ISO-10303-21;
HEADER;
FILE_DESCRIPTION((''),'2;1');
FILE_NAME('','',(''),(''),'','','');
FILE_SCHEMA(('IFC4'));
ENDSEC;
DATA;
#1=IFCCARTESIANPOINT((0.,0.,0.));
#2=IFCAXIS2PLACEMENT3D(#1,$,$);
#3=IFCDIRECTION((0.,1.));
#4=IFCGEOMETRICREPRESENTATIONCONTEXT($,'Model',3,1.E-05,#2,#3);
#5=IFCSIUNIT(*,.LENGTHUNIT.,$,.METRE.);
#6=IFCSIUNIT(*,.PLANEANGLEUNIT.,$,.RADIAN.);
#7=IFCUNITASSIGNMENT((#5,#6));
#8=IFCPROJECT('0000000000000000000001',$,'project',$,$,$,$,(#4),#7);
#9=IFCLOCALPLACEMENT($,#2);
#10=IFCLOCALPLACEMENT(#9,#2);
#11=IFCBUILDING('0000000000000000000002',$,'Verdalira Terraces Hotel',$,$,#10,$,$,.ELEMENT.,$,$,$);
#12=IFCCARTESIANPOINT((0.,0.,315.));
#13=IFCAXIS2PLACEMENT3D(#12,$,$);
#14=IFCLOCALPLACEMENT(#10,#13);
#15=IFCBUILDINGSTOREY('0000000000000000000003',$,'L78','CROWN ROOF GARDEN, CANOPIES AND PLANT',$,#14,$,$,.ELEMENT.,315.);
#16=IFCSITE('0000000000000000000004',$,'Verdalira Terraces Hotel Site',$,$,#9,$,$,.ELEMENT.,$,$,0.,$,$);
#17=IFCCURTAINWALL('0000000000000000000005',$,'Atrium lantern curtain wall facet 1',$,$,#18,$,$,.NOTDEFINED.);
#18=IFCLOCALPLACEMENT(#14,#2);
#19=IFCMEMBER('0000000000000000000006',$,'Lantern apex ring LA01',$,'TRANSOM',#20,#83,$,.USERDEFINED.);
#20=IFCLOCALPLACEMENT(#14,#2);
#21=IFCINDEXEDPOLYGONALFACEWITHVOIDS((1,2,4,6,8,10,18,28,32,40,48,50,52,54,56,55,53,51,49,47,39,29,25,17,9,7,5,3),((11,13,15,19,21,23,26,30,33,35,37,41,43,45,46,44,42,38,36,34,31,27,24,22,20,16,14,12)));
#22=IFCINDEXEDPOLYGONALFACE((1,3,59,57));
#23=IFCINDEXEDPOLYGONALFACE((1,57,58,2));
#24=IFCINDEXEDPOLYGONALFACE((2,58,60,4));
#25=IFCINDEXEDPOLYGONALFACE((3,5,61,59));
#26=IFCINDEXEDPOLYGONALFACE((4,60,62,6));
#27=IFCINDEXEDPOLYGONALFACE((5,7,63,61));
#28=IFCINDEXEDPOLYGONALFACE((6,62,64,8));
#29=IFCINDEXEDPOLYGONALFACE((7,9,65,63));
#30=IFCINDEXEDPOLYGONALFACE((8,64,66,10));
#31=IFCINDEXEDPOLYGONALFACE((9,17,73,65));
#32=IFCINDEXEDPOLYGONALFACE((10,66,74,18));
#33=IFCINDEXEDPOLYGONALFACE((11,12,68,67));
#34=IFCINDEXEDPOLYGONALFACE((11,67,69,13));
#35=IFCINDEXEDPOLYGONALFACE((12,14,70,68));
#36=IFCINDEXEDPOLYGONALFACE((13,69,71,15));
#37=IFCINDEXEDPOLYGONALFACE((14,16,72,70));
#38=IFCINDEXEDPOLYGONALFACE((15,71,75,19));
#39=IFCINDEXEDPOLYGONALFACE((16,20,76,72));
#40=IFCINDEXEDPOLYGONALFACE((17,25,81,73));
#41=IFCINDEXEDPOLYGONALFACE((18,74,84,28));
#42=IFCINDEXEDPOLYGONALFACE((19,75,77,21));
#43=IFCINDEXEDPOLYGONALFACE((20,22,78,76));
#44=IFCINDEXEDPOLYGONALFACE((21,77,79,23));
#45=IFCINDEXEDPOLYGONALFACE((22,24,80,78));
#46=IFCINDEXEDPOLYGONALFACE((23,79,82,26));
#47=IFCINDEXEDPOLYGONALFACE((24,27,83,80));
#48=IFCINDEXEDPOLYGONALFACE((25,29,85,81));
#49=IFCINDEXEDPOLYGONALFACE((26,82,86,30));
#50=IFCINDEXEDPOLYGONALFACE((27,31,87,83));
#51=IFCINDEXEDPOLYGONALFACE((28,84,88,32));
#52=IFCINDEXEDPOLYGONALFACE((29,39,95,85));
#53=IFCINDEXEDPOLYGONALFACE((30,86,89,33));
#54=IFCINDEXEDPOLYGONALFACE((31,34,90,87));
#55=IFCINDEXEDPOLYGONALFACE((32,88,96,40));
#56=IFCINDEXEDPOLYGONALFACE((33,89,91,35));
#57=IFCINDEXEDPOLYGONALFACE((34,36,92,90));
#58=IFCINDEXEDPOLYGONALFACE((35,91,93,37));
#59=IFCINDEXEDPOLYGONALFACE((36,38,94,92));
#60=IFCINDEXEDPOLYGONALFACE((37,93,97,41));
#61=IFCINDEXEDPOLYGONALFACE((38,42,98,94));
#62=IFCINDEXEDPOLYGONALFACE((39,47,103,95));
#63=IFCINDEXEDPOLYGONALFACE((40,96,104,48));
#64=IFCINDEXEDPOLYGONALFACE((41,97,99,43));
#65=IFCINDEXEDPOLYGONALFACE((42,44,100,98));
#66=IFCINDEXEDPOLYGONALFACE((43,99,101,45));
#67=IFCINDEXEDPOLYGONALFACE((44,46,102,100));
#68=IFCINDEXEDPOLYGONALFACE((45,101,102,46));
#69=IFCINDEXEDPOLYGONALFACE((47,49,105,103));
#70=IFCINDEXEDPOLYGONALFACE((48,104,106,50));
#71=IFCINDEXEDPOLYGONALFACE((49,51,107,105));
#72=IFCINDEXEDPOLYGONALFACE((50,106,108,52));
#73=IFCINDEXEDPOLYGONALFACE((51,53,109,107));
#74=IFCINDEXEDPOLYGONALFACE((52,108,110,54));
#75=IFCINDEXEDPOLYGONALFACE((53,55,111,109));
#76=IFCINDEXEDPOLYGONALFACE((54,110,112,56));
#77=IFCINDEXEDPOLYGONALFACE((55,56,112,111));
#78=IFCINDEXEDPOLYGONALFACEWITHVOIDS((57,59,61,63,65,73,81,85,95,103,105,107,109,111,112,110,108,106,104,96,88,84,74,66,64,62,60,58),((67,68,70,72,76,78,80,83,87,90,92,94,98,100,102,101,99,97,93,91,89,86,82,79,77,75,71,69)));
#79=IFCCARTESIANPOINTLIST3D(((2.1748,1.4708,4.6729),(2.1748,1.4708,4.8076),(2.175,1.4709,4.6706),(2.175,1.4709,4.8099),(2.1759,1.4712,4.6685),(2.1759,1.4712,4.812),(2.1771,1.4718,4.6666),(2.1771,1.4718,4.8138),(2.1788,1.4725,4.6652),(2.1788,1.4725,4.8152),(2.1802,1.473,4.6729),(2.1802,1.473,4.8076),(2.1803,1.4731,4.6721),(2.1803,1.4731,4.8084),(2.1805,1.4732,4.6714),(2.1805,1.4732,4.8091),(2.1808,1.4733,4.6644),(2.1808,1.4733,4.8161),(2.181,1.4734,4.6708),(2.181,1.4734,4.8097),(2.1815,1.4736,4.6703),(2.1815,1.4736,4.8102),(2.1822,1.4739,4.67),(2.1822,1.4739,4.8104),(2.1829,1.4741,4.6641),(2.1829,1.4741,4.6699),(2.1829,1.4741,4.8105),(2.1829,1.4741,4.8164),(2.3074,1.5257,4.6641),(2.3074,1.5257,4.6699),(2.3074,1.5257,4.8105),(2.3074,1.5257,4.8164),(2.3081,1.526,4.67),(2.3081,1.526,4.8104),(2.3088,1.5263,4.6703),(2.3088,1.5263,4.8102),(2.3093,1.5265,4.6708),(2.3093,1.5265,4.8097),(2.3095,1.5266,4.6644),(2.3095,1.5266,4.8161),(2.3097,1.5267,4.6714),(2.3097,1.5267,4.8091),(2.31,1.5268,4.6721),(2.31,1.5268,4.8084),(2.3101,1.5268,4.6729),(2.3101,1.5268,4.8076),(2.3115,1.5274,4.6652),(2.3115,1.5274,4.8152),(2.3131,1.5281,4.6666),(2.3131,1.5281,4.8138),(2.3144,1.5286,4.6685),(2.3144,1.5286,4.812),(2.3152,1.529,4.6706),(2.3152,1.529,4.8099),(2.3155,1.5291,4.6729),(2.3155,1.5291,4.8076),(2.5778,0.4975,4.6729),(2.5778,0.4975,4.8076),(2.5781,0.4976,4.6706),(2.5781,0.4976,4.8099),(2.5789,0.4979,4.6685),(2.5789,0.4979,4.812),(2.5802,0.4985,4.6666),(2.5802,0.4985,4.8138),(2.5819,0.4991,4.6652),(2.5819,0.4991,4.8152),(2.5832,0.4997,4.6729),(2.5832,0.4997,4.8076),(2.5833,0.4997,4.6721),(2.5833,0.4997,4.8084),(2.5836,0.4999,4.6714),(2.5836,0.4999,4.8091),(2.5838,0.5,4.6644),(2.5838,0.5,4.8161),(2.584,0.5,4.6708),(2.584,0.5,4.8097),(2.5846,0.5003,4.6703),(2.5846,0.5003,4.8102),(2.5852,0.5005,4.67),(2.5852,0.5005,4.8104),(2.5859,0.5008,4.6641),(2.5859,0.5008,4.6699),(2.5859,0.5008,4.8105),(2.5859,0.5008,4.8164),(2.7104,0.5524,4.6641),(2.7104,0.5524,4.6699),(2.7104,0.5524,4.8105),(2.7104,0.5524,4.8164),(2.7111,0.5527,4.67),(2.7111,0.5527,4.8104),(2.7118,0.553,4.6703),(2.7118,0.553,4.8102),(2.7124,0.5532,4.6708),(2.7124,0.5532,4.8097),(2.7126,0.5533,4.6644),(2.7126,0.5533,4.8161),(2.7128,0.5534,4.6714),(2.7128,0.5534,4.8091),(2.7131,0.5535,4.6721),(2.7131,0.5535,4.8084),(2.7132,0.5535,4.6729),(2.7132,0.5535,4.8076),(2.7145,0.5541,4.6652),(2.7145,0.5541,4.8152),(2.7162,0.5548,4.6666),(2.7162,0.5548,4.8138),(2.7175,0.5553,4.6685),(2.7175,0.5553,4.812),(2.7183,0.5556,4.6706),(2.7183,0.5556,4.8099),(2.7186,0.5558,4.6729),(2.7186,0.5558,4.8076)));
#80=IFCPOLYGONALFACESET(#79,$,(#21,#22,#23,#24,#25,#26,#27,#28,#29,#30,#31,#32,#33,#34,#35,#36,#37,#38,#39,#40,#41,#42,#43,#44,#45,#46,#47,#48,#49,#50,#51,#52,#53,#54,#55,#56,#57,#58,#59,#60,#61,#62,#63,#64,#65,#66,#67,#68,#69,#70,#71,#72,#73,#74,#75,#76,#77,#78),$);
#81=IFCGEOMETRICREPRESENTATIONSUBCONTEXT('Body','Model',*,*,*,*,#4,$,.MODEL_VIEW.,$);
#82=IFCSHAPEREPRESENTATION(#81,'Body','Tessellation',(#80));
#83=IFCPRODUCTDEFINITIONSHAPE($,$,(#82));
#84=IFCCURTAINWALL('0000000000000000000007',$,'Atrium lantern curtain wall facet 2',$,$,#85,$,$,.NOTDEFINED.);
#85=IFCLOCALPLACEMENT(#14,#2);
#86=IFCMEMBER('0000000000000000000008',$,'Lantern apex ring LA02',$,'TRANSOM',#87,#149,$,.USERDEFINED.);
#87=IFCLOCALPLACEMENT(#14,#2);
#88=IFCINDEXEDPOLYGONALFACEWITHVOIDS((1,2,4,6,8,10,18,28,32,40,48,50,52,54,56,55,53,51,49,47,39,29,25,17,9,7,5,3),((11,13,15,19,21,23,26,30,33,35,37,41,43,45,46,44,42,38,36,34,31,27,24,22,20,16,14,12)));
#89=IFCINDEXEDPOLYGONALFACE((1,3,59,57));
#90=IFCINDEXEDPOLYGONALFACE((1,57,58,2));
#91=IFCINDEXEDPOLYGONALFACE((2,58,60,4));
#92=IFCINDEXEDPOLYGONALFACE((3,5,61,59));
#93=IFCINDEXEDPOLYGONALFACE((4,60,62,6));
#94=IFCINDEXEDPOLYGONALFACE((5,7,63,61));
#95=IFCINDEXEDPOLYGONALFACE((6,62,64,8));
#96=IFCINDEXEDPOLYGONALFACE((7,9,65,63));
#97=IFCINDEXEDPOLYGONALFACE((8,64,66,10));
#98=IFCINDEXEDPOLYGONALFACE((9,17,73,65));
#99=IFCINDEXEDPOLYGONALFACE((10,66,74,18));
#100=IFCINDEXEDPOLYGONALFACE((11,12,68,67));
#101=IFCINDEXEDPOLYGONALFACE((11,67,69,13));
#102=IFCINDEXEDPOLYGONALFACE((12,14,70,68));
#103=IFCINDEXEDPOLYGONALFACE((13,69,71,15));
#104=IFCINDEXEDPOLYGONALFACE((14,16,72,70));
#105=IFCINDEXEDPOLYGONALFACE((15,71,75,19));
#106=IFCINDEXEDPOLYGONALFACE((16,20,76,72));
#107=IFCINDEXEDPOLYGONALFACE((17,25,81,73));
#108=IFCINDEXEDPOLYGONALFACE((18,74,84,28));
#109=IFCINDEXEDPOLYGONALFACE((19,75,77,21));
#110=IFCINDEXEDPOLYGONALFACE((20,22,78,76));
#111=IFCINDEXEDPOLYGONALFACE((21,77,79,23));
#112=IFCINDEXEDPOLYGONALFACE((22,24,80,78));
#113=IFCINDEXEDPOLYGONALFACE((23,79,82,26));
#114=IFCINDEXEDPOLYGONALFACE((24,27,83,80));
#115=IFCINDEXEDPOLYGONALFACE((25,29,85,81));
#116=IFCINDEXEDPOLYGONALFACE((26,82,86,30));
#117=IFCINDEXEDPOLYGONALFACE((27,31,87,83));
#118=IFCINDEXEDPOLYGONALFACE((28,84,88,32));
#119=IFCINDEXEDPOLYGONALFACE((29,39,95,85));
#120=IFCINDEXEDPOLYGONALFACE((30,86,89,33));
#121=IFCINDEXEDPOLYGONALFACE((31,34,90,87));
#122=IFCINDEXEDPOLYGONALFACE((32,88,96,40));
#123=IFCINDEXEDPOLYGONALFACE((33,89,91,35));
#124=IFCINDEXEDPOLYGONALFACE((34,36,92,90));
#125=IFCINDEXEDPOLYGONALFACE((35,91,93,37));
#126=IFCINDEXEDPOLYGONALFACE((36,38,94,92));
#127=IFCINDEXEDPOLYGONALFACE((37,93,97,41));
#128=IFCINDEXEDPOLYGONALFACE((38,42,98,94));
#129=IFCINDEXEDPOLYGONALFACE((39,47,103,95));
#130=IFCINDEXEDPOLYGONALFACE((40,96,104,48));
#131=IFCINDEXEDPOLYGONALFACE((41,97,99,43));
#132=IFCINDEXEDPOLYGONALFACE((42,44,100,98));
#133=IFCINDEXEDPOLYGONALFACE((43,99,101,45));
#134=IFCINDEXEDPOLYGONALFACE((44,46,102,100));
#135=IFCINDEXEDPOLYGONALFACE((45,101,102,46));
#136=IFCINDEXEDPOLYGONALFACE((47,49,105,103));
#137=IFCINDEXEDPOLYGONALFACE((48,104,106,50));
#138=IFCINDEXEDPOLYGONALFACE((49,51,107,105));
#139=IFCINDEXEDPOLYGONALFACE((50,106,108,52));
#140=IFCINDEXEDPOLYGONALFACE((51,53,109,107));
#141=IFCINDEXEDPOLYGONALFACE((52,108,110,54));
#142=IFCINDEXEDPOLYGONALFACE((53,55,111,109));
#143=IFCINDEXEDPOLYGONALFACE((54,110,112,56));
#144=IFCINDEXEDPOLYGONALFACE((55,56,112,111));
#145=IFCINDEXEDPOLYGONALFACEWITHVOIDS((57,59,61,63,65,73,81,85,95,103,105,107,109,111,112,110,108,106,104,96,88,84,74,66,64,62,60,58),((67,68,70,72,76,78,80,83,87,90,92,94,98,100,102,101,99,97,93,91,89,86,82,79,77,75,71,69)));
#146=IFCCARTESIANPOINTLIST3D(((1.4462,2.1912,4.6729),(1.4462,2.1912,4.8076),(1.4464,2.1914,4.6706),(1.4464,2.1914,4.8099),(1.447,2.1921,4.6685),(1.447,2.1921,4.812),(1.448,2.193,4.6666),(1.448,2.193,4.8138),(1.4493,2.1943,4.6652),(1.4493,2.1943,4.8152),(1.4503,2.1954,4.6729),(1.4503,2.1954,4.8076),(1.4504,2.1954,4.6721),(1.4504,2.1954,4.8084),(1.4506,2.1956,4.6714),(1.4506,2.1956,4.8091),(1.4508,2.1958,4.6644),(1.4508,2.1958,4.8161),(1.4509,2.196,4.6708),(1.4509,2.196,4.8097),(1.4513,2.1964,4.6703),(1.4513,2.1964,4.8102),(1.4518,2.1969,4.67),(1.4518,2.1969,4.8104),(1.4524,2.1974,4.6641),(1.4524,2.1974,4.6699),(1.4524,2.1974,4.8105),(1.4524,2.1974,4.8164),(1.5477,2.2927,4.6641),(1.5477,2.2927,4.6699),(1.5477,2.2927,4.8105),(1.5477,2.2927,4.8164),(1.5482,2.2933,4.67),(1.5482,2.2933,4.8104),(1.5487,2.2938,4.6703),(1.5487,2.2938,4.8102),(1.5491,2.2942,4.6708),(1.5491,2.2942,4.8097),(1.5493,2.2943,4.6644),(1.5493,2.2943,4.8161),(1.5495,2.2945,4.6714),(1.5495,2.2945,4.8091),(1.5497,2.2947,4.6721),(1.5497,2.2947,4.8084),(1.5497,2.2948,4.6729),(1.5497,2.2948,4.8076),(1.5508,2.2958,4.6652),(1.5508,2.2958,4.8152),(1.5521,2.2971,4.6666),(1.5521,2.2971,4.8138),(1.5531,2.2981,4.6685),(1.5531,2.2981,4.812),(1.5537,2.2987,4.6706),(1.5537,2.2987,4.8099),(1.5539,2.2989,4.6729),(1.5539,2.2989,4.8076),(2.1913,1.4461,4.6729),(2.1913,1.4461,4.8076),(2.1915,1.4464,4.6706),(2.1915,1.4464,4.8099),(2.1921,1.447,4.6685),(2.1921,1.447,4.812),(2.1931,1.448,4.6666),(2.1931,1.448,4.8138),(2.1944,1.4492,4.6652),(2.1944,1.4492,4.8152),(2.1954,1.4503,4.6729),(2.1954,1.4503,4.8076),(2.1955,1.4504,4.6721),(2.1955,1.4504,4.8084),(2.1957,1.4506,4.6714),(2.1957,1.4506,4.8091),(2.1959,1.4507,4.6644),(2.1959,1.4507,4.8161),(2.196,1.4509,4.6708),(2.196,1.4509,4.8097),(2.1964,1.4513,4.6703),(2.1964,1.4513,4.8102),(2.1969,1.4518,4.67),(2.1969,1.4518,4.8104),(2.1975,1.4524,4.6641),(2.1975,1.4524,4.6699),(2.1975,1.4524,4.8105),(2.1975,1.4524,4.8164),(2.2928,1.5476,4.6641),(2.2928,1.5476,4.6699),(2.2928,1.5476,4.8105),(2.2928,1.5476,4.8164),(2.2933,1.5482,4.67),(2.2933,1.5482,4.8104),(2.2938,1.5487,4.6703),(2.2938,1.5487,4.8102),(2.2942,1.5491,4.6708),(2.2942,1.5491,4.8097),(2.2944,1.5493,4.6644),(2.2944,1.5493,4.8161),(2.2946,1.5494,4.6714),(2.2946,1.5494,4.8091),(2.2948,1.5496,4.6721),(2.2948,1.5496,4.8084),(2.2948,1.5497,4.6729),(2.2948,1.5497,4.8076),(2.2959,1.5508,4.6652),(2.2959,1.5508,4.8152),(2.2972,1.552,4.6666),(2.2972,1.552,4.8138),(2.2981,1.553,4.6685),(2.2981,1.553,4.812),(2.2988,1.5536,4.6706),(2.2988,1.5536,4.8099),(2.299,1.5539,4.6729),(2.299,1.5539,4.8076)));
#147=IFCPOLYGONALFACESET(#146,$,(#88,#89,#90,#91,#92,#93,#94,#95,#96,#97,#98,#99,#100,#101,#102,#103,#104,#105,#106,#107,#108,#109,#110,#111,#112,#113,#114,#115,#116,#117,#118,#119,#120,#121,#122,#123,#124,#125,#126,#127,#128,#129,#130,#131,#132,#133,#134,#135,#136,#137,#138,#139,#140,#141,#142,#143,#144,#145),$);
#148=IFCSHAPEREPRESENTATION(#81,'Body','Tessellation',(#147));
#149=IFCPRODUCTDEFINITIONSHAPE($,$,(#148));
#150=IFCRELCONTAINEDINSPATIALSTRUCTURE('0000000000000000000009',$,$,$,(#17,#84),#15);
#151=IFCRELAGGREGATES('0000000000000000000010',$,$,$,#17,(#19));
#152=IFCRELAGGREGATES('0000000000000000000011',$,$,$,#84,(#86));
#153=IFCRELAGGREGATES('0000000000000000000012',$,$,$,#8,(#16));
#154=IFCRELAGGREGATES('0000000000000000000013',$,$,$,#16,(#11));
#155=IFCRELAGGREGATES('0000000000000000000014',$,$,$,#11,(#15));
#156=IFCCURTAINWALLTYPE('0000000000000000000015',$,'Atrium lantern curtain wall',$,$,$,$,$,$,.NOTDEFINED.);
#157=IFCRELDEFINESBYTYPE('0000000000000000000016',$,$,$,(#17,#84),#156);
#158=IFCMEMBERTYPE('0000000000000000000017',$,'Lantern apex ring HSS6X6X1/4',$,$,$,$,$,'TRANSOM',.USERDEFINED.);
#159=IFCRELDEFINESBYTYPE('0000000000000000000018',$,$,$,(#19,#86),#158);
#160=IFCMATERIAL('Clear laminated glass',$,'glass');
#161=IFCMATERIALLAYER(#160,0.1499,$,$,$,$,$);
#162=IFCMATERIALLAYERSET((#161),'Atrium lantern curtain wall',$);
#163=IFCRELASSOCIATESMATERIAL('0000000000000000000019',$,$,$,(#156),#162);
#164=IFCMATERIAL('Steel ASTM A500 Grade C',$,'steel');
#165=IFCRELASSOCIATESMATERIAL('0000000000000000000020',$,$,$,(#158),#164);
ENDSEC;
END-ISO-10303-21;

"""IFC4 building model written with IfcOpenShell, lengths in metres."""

from ifc_helpers import new_model, si_unit, direction, frame, origin, origin_2d, place, context, subcontext, project, spatial, hollow_rectangle, extrude, material, layer, layer_set, material_profile, profile_set, type_object, element, aggregate, save


model = new_model("IFC4")

# Units and contexts
model_context = context("Model", 3, precision=1e-05, world=origin(), true_north=direction((0.0, 1.0)))
body_context = subcontext(model_context, "Body", "Model", "MODEL_VIEW")
ifc_project = project(units=[si_unit("LENGTHUNIT", "METRE"), si_unit("PLANEANGLEUNIT", "RADIAN")], contexts=[model_context])

# Site, building, storey
site_placement = place(None, origin())
site = spatial("IfcSite", under=ifc_project, at=site_placement, Name="Verdalira Terraces Hotel Site", CompositionType="ELEMENT", RefElevation=0.0)
building_placement = place(site_placement, origin())
building = spatial("IfcBuilding", under=site, at=building_placement, Name="Verdalira Terraces Hotel", CompositionType="ELEMENT")
storey_placement = place(building_placement, frame((0.0, 0.0, 315.0)))
storey = spatial("IfcBuildingStorey", under=building, at=storey_placement, Name="L78", Description="CROWN ROOF GARDEN, CANOPIES AND PLANT", CompositionType="ELEMENT", Elevation=315.0)

# Curtain walls, members
ifc_material_1 = material(Name="Clear laminated glass", Category="glass")
ifc_layer_1 = layer(ifc_material_1, 0.1499)
ifc_layer_set_1 = layer_set([ifc_layer_1], Name="Atrium lantern curtain wall")
curtain_wall_type = type_object("IfcCurtainWallType", Name="Atrium lantern curtain wall", PredefinedType="NOTDEFINED", material=ifc_layer_set_1)
curtain_wall_1_placement = place(storey_placement, origin())
curtain_wall_1 = element("IfcCurtainWall", 1, at=curtain_wall_1_placement, inside=storey, type_object=curtain_wall_type, Name="Atrium lantern curtain wall facet 1", PredefinedType="NOTDEFINED")
ifc_material_2 = material(Name="Steel ASTM A500 Grade C", Category="steel")
ifc_material_profile_1 = material_profile(ifc_material_2, hollow_rectangle(XDim=0.1523, YDim=0.1523, WallThickness=0.0059, InnerFilletRadius=0.0029, OuterFilletRadius=0.0088, at=origin_2d()), Name="HSS6X6X1/4")
ifc_profile_set_1 = profile_set([ifc_material_profile_1], Name="Steel ASTM A500 Grade C")
member_type_1 = type_object("IfcMemberType", Name="Lantern apex ring HSS6X6X1/4", ElementType="TRANSOM", PredefinedType="USERDEFINED", material=ifc_profile_set_1)
member_1_placement = place(storey_placement, frame((2.6482, 0.5266, 4.7402), z_axis=(-0.382591, 0.923918, 0.0), x_axis=(-0.923918, -0.382591, 0.0)))
member_1 = element("IfcMember", 2, at=member_1_placement, type_object=member_type_1, Name="Lantern apex ring LA01", ObjectType="TRANSOM", PredefinedType="USERDEFINED", context=body_context, shape_type="SweptSolid", body=[
    extrude(hollow_rectangle(XDim=0.1523, YDim=0.1523, WallThickness=0.0059, InnerFilletRadius=0.0029, OuterFilletRadius=0.0088, at=origin_2d()), origin(), (0.0, 0.0, 1.0), 1.0535),
])
aggregate(curtain_wall_1, [member_1])
curtain_wall_2_placement = place(storey_placement, origin())
curtain_wall_2 = element("IfcCurtainWall", 3, at=curtain_wall_2_placement, inside=storey, type_object=curtain_wall_type, Name="Atrium lantern curtain wall facet 2", PredefinedType="NOTDEFINED")
member_2_placement = place(storey_placement, frame((2.2451, 1.5, 4.7402), z_axis=(-0.707107, 0.707107, 0.0), x_axis=(-0.707107, -0.707107, 0.0)))
member_2 = element("IfcMember", 4, at=member_2_placement, type_object=member_type_1, Name="Lantern apex ring LA02", ObjectType="TRANSOM", PredefinedType="USERDEFINED", context=body_context, shape_type="SweptSolid", body=[
    extrude(hollow_rectangle(XDim=0.1523, YDim=0.1523, WallThickness=0.0059, InnerFilletRadius=0.0029, OuterFilletRadius=0.0088, at=origin_2d()), origin(), (0.0, 0.0, 1.0), 1.0537),
])

aggregate(curtain_wall_2, [member_2])

save(model, "model.ifc")
